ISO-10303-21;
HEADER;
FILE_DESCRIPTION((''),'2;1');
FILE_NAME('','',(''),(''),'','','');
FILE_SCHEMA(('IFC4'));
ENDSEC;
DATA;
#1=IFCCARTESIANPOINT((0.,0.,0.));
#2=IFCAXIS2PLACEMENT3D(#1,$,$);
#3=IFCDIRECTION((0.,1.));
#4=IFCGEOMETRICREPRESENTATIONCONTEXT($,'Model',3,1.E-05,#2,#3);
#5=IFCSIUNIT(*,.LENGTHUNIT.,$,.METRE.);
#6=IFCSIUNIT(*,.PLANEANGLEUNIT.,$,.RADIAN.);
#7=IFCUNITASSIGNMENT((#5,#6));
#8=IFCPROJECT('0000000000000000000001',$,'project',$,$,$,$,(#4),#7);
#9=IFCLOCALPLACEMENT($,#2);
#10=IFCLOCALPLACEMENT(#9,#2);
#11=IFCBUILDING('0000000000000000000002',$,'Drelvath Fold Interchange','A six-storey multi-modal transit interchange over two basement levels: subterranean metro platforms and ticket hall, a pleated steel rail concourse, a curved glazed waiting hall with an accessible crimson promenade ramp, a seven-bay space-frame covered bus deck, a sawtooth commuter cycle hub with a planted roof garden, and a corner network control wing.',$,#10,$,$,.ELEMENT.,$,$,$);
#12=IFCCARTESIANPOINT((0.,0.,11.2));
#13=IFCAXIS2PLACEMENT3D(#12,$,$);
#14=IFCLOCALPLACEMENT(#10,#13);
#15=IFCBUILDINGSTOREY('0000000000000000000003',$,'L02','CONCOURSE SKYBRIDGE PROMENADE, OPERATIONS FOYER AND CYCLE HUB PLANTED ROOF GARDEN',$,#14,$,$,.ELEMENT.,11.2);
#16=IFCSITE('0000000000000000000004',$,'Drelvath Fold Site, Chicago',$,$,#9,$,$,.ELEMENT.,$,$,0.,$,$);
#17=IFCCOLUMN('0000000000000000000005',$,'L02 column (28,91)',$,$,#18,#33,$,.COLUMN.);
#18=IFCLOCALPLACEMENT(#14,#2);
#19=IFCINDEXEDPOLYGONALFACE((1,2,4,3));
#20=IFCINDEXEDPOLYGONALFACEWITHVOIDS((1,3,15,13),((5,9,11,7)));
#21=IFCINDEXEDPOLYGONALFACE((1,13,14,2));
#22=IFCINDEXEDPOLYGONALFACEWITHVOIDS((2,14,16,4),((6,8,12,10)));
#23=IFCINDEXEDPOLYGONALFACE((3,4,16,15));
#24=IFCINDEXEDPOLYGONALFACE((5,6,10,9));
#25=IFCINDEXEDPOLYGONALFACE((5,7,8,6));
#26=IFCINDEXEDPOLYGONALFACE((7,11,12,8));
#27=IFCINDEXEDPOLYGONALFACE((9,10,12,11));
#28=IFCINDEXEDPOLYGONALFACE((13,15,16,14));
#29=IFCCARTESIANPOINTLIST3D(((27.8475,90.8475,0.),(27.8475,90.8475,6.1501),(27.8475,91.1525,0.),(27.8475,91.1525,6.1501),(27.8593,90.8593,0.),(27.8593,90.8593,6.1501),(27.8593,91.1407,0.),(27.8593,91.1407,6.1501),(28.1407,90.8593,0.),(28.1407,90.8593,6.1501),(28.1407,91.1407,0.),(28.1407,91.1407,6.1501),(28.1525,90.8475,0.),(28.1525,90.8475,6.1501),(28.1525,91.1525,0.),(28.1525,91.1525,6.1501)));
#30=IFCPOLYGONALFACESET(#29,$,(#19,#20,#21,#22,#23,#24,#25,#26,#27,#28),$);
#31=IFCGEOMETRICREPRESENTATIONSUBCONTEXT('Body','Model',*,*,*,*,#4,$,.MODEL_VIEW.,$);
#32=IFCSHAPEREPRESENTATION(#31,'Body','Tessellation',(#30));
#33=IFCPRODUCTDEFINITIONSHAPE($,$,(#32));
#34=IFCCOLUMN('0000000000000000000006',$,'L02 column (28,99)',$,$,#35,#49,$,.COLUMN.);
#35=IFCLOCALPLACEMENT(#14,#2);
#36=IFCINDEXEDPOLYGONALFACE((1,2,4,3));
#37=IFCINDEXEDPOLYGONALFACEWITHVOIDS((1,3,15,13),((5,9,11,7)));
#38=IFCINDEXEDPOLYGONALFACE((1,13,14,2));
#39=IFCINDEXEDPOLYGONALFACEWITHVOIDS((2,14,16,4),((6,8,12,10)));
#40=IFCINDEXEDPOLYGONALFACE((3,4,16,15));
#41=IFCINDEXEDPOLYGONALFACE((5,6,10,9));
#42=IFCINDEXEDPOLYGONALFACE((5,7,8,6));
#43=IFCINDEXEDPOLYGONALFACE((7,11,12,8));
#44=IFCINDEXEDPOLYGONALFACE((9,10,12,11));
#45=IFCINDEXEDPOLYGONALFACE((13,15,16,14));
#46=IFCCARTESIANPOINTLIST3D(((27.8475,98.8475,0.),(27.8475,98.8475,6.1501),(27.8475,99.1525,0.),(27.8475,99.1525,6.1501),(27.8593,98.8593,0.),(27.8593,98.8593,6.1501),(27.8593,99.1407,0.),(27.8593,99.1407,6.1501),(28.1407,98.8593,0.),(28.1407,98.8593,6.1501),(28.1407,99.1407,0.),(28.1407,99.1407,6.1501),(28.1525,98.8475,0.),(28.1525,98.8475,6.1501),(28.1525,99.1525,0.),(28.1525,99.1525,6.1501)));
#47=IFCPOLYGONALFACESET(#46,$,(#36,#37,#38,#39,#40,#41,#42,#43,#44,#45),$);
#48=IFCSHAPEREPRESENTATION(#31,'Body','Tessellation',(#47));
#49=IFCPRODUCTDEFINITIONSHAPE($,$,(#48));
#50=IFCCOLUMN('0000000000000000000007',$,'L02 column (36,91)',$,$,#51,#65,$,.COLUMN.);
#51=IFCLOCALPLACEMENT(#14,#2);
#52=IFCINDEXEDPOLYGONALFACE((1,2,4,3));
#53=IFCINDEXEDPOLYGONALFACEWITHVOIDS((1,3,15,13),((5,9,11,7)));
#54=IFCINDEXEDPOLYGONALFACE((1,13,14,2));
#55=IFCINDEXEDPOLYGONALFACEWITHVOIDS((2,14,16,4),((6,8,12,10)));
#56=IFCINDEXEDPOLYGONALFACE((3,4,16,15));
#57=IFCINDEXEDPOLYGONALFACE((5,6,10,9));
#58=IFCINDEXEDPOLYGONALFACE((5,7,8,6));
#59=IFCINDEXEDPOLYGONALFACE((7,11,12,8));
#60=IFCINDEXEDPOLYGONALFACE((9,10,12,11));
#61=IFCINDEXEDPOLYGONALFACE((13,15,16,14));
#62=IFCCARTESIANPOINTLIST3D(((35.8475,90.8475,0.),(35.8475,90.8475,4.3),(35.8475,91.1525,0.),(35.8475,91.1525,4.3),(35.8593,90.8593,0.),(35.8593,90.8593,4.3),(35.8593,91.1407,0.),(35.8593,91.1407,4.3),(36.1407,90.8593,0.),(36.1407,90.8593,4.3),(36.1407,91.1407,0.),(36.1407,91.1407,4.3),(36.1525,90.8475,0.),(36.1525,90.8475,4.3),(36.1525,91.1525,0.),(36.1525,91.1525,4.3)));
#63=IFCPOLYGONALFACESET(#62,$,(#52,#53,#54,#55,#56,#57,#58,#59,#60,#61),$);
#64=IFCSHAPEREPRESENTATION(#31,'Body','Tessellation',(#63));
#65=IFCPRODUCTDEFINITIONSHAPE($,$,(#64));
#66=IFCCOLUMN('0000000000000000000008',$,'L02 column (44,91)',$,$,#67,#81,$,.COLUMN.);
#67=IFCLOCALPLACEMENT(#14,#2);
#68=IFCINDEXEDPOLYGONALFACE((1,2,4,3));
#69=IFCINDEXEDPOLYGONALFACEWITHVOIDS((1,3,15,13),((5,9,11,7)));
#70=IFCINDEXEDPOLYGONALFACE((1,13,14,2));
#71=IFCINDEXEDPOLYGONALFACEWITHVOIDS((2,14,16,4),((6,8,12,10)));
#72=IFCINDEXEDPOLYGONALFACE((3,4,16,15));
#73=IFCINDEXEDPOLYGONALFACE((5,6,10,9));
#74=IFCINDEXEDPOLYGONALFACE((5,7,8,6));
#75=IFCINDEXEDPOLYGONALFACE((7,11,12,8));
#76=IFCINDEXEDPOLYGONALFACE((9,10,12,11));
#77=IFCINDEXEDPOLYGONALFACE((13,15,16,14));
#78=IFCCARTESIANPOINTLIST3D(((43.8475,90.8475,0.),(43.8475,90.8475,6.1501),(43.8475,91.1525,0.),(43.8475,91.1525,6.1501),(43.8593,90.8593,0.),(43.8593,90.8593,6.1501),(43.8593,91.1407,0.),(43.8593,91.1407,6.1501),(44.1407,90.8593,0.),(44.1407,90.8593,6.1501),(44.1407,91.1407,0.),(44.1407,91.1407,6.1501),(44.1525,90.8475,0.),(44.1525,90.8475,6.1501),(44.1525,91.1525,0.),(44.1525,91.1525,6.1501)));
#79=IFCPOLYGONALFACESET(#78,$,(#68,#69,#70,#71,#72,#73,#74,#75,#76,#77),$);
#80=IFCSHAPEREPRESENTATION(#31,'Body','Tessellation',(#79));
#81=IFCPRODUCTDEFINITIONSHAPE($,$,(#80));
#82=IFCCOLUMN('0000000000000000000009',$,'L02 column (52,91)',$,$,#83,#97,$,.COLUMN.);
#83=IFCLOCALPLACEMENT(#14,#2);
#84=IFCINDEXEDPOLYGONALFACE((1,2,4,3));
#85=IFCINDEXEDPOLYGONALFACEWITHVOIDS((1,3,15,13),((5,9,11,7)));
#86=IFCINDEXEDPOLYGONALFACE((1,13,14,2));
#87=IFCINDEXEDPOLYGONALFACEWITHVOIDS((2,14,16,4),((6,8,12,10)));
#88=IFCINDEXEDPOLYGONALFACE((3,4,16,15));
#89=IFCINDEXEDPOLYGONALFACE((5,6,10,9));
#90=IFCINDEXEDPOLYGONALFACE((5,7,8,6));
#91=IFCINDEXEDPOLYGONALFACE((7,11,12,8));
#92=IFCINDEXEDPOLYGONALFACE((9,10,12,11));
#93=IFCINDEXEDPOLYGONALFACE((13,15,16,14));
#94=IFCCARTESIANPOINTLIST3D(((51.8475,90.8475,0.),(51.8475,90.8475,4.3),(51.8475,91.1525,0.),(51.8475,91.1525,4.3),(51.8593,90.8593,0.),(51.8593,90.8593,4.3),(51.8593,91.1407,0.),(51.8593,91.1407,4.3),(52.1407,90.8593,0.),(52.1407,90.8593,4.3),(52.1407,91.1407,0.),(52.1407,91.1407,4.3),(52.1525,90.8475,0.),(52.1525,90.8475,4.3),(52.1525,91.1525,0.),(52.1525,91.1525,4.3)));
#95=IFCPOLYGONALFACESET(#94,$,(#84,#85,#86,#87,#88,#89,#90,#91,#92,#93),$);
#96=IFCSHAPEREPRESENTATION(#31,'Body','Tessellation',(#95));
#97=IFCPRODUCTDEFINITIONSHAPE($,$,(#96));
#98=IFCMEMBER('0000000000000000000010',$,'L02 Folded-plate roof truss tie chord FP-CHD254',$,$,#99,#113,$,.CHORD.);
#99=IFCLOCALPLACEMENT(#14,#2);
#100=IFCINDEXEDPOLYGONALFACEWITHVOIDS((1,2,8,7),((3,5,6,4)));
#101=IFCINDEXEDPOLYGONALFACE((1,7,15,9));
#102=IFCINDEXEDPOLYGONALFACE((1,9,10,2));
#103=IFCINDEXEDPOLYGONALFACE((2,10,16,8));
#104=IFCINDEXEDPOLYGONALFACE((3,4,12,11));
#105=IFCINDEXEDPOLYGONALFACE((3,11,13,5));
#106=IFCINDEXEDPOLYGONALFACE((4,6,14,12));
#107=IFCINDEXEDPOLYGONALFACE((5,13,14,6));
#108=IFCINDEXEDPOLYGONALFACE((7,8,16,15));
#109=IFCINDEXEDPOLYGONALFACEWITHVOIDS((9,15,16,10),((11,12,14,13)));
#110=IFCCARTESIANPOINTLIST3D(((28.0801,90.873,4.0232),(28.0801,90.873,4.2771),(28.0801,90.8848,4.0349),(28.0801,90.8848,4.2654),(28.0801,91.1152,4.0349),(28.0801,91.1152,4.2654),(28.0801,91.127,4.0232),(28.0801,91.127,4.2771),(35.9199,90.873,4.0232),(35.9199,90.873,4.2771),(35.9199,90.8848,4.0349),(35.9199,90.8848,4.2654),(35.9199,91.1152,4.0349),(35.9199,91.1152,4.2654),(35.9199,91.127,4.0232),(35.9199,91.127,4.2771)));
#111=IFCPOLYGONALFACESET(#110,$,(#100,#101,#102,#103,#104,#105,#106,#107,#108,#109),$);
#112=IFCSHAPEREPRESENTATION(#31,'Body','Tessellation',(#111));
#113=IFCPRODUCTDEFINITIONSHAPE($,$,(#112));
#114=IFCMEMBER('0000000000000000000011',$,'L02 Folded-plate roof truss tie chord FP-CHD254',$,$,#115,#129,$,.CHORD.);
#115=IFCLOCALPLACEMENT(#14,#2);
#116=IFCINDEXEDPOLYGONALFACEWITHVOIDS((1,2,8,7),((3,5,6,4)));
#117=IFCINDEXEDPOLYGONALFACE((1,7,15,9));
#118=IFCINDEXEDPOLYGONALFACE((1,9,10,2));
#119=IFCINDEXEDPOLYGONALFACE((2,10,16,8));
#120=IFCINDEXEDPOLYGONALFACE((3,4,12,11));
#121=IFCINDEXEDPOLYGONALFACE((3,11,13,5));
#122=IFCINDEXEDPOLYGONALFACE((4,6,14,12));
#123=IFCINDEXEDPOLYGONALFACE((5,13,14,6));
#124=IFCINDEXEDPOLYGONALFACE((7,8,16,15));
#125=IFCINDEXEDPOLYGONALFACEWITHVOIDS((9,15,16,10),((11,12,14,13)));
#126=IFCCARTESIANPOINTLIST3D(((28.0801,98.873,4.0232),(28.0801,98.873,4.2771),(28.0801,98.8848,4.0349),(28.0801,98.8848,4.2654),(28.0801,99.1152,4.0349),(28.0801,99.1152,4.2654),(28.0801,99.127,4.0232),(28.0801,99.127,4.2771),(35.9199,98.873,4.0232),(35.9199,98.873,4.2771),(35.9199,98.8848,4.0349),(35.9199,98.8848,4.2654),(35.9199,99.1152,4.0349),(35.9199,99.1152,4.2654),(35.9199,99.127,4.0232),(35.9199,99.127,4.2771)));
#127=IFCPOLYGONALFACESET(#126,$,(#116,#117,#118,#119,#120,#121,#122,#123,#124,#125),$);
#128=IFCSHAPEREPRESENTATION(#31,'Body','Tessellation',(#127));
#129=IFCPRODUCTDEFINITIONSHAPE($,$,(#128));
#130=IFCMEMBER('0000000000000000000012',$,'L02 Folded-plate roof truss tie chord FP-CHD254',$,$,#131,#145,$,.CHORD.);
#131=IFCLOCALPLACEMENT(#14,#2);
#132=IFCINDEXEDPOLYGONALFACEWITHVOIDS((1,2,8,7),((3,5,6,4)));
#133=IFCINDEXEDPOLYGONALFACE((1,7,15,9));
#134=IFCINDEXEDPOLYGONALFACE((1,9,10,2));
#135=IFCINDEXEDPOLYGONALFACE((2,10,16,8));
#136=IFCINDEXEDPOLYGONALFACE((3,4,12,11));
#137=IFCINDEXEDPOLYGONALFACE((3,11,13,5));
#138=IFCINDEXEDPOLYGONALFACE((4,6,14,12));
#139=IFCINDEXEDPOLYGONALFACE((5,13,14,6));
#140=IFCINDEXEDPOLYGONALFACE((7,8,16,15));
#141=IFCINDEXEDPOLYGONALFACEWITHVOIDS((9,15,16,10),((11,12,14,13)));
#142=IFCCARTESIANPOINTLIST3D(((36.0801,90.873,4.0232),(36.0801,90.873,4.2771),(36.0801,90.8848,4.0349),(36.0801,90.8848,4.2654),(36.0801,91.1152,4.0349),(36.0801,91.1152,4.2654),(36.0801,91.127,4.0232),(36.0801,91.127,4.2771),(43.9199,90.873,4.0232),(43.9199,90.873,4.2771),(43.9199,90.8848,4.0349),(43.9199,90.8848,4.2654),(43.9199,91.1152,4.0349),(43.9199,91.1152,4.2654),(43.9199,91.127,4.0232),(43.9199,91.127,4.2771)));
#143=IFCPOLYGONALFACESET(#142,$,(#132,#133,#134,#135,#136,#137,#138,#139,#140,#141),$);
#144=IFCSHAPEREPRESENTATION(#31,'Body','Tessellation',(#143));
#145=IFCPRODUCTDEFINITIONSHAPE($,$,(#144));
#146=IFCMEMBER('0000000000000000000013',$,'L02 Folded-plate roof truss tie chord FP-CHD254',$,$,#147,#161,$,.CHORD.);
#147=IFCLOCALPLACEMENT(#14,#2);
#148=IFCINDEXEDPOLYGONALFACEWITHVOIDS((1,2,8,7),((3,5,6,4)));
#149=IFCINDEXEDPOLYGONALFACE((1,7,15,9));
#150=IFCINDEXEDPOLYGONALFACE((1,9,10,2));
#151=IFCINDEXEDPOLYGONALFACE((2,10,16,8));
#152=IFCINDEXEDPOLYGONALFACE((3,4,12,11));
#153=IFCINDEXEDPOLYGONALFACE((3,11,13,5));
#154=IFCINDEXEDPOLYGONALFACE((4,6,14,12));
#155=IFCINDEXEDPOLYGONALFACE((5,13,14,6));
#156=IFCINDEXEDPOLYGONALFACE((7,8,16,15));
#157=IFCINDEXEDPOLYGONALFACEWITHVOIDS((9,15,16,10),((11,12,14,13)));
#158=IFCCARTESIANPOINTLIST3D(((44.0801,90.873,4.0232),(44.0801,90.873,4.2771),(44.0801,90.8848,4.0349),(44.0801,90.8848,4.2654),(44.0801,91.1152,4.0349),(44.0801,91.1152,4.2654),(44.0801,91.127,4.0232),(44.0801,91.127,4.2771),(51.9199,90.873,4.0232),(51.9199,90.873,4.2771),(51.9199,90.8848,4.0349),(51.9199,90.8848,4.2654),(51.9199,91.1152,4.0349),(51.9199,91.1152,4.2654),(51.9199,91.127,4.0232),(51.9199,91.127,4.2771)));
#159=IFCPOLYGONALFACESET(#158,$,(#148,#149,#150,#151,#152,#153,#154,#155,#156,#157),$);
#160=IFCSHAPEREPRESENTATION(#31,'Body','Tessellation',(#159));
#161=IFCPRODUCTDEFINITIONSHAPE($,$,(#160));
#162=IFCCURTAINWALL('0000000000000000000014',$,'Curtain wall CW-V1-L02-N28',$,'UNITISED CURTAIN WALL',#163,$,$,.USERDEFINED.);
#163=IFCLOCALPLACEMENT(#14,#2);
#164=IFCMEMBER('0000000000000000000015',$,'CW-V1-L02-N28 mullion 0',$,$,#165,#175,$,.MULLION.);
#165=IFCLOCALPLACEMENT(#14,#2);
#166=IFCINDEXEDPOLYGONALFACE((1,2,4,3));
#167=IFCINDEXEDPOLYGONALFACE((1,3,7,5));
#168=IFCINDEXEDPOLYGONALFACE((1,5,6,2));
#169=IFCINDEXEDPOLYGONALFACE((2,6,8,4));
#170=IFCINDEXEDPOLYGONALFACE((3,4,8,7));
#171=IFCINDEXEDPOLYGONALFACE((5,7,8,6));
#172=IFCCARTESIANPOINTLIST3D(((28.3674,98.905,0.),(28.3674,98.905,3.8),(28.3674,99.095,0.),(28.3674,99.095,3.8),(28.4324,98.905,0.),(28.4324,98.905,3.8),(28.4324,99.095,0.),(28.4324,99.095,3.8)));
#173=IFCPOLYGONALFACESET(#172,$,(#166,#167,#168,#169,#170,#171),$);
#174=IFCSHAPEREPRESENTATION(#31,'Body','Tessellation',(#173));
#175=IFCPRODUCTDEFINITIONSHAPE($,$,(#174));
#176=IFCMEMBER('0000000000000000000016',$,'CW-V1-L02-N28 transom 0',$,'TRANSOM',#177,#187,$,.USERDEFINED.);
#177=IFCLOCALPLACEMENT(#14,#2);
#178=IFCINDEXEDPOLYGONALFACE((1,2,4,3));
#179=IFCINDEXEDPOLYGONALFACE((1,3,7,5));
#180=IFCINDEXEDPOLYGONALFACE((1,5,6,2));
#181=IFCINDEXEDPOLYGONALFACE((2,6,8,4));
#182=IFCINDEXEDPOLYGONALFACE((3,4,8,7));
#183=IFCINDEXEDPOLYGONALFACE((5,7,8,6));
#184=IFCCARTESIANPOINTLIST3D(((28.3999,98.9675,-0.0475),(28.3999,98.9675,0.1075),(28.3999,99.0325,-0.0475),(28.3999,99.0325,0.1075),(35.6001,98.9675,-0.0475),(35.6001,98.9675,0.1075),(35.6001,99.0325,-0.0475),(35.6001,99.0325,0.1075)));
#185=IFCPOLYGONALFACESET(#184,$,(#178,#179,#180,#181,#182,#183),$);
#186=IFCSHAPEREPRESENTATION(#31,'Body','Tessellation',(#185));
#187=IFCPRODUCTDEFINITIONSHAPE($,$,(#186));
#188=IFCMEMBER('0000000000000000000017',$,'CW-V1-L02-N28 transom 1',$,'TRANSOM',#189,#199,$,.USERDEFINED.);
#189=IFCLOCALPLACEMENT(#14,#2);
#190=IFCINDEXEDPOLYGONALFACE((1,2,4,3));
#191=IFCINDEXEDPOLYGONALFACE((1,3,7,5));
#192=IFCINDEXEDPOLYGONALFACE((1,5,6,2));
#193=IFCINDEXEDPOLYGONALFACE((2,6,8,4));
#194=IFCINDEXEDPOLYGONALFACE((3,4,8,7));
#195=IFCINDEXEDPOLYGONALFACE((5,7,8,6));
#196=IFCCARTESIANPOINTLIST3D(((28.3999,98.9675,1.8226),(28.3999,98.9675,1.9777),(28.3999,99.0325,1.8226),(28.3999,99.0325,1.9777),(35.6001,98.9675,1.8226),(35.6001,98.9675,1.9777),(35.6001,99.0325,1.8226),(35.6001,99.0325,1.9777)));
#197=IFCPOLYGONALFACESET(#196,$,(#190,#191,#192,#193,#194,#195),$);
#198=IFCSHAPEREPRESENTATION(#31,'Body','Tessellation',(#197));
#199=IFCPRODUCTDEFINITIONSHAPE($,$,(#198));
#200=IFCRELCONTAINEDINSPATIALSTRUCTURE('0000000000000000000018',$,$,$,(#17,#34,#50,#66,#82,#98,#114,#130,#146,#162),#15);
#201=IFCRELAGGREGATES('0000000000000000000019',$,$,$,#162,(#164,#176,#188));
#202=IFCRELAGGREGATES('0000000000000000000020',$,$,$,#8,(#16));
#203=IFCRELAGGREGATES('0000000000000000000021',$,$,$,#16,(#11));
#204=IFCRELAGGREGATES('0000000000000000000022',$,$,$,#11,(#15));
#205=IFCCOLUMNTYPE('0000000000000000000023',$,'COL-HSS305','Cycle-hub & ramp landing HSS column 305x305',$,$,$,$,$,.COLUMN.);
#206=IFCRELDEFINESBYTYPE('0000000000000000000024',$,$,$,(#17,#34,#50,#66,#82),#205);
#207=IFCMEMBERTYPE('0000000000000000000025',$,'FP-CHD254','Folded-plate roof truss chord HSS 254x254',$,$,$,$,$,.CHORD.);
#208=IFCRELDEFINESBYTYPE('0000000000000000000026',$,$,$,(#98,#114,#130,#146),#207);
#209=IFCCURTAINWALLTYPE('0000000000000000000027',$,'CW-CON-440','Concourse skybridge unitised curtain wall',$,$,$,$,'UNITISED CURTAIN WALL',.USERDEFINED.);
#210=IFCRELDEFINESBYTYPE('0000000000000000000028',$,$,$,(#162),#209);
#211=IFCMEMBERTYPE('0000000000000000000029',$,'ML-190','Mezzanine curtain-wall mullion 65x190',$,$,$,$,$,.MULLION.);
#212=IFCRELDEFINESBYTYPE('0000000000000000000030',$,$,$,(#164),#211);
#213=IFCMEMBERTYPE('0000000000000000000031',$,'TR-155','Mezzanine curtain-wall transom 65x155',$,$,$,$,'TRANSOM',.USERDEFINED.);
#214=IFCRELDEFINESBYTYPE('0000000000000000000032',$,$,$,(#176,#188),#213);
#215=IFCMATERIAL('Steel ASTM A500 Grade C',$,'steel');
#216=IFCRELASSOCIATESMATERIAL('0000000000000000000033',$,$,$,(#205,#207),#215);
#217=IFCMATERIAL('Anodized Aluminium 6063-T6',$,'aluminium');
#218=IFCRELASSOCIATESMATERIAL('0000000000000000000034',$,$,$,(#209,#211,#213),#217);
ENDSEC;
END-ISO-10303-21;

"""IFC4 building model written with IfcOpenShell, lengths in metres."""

from ifc_helpers import new_model, si_unit, direction, frame, origin, origin_2d, place, context, subcontext, project, spatial, rectangle, hollow_rectangle, extrude, material, material_profile, profile_set, type_object, element, aggregate, save


model = new_model("IFC4")

# Units and contexts
model_context = context("Model", 3, precision=1e-05, world=origin(), true_north=direction((0.0, 1.0)))
body_context = subcontext(model_context, "Body", "Model", "MODEL_VIEW")
ifc_project = project(units=[si_unit("LENGTHUNIT", "METRE"), si_unit("PLANEANGLEUNIT", "RADIAN")], contexts=[model_context])

# Site, building, storey
site_placement = place(None, origin())
site = spatial("IfcSite", under=ifc_project, at=site_placement, Name="Drelvath Fold Site, Chicago", CompositionType="ELEMENT", RefElevation=0.0)
building_placement = place(site_placement, origin())
building = spatial("IfcBuilding", under=site, at=building_placement, Name="Drelvath Fold Interchange", Description="A six-storey multi-modal transit interchange over two basement levels: subterranean metro platforms and ticket hall, a pleated steel rail concourse, a curved glazed waiting hall with an accessible crimson promenade ramp, a seven-bay space-frame covered bus deck, a sawtooth commuter cycle hub with a planted roof garden, and a corner network control wing.", CompositionType="ELEMENT")
storey_placement = place(building_placement, frame((0.0, 0.0, 11.2)))
storey = spatial("IfcBuildingStorey", under=building, at=storey_placement, Name="L02", Description="CONCOURSE SKYBRIDGE PROMENADE, OPERATIONS FOYER AND CYCLE HUB PLANTED ROOF GARDEN", CompositionType="ELEMENT", Elevation=11.2)

# Columns
ifc_material_1 = material(Name="Steel ASTM A500 Grade C", Category="steel")
ifc_material_profile_1 = material_profile(ifc_material_1, hollow_rectangle(XDim=0.3049, YDim=0.3049, WallThickness=0.0117, at=origin_2d()), Name="HSS12X12X1/2")
ifc_profile_set_1 = profile_set([ifc_material_profile_1], Name="Steel ASTM A500 Grade C")
column_type = type_object("IfcColumnType", Name="COL-HSS305", Description="Cycle-hub & ramp landing HSS column 305x305", PredefinedType="COLUMN", material=ifc_profile_set_1)
for number, where, z_axis, x_axis, name in (
    (1, (28.0, 91.0, 0.0), (0.0, 0.0, 1.0), (1.0, 0.0, 0.0), "L02 column (28,91)"),
    (2, (28.0, 99.0, 0.0), (0.0, 0.0, 1.0), (1.0, 0.0, 0.0), "L02 column (28,99)"),
):
    element("IfcColumn", number, at=place(storey_placement, frame(where, z_axis=z_axis, x_axis=x_axis)), inside=storey, type_object=column_type, Name=name, PredefinedType="COLUMN", context=body_context, shape_type="SweptSolid", body=[
        extrude(hollow_rectangle(XDim=0.3049, YDim=0.3049, WallThickness=0.0117, at=origin_2d()), origin(), (0.0, 0.0, 1.0), 6.1501),
    ])
column_1_placement = place(storey_placement, frame((36.0, 91.0, 0.0), z_axis=(0.0, 0.0, 1.0), x_axis=(1.0, 0.0, 0.0)))
element("IfcColumn", 3, at=column_1_placement, inside=storey, type_object=column_type, Name="L02 column (36,91)", PredefinedType="COLUMN", context=body_context, shape_type="SweptSolid", body=[
    extrude(hollow_rectangle(XDim=0.3049, YDim=0.3049, WallThickness=0.0117, at=origin_2d()), origin(), (0.0, 0.0, 1.0), 4.3),
])
column_2_placement = place(storey_placement, frame((44.0, 91.0, 0.0), z_axis=(0.0, 0.0, 1.0), x_axis=(1.0, 0.0, 0.0)))
element("IfcColumn", 4, at=column_2_placement, inside=storey, type_object=column_type, Name="L02 column (44,91)", PredefinedType="COLUMN", context=body_context, shape_type="SweptSolid", body=[
    extrude(hollow_rectangle(XDim=0.3049, YDim=0.3049, WallThickness=0.0117, at=origin_2d()), origin(), (0.0, 0.0, 1.0), 6.1501),
])
column_3_placement = place(storey_placement, frame((52.0, 91.0, 0.0), z_axis=(0.0, 0.0, 1.0), x_axis=(1.0, 0.0, 0.0)))
element("IfcColumn", 5, at=column_3_placement, inside=storey, type_object=column_type, Name="L02 column (52,91)", PredefinedType="COLUMN", context=body_context, shape_type="SweptSolid", body=[
    extrude(hollow_rectangle(XDim=0.3049, YDim=0.3049, WallThickness=0.0117, at=origin_2d()), origin(), (0.0, 0.0, 1.0), 4.3),
])

# Members
ifc_material_profile_2 = material_profile(ifc_material_1, hollow_rectangle(XDim=0.2539, YDim=0.2539, WallThickness=0.0117, at=origin_2d()), Name="HSS10X10X1/2")
ifc_profile_set_2 = profile_set([ifc_material_profile_2], Name="Steel ASTM A500 Grade C")
member_type_1 = type_object("IfcMemberType", Name="FP-CHD254", Description="Folded-plate roof truss chord HSS 254x254", PredefinedType="CHORD", material=ifc_profile_set_2)
for number, where, z_axis, x_axis, name in (
    (6, (28.0801, 91.0, 4.1501), (1.0, 0.0, 0.0), (0.0, 1.0, 0.0), "L02 Folded-plate roof truss tie chord FP-CHD254"),
    (7, (28.0801, 99.0, 4.1501), (1.0, 0.0, 0.0), (0.0, 1.0, 0.0), "L02 Folded-plate roof truss tie chord FP-CHD254"),
    (8, (36.0801, 91.0, 4.1501), (1.0, 0.0, 0.0), (0.0, 1.0, 0.0), "L02 Folded-plate roof truss tie chord FP-CHD254"),
    (9, (44.0801, 91.0, 4.1501), (1.0, 0.0, 0.0), (0.0, 1.0, 0.0), "L02 Folded-plate roof truss tie chord FP-CHD254"),
):
    element("IfcMember", number, at=place(storey_placement, frame(where, z_axis=z_axis, x_axis=x_axis)), inside=storey, type_object=member_type_1, Name=name, PredefinedType="CHORD", context=body_context, shape_type="SweptSolid", body=[
        extrude(hollow_rectangle(XDim=0.2539, YDim=0.2539, WallThickness=0.0117, at=origin_2d()), origin(), (0.0, 0.0, 1.0), 7.8398),
    ])

# Curtain wall, members
ifc_material_2 = material(Name="Anodized Aluminium 6063-T6", Category="aluminium")
curtain_wall_type = type_object("IfcCurtainWallType", Name="CW-CON-440", Description="Concourse skybridge unitised curtain wall", ElementType="UNITISED CURTAIN WALL", PredefinedType="USERDEFINED", material=ifc_material_2)
curtain_wall_placement = place(storey_placement, origin())
curtain_wall = element("IfcCurtainWall", 10, at=curtain_wall_placement, inside=storey, type_object=curtain_wall_type, Name="Curtain wall CW-V1-L02-N28", ObjectType="UNITISED CURTAIN WALL", PredefinedType="USERDEFINED")
ifc_material_profile_3 = material_profile(ifc_material_2, rectangle(XDim=0.0649, YDim=0.1899, at=origin_2d()), Name="AL-M 65x190")
ifc_profile_set_3 = profile_set([ifc_material_profile_3], Name="Anodized Aluminium 6063-T6")
member_type_2 = type_object("IfcMemberType", Name="ML-190", Description="Mezzanine curtain-wall mullion 65x190", PredefinedType="MULLION", material=ifc_profile_set_3)
member_1_placement = place(storey_placement, frame((28.3999, 99.0, 0.0), z_axis=(0.0, 0.0, 1.0), x_axis=(1.0, 0.0, 0.0)))
member_1 = element("IfcMember", 11, at=member_1_placement, type_object=member_type_2, Name="CW-V1-L02-N28 mullion 0", PredefinedType="MULLION", context=body_context, shape_type="SweptSolid", body=[
    extrude(rectangle(XDim=0.0649, YDim=0.1899, at=origin_2d()), origin(), (0.0, 0.0, 1.0), 3.8),
])
ifc_material_profile_4 = material_profile(ifc_material_2, rectangle(XDim=0.0649, YDim=0.155, at=origin_2d()), Name="AL-T 65x155")
ifc_profile_set_4 = profile_set([ifc_material_profile_4], Name="Anodized Aluminium 6063-T6")
member_type_3 = type_object("IfcMemberType", Name="TR-155", Description="Mezzanine curtain-wall transom 65x155", ElementType="TRANSOM", PredefinedType="USERDEFINED", material=ifc_profile_set_4)
member_2_placement = place(storey_placement, frame((28.3999, 99.0, 0.03), z_axis=(1.0, 0.0, 0.0), x_axis=(0.0, 1.0, 0.0)))
member_2 = element("IfcMember", 12, at=member_2_placement, type_object=member_type_3, Name="CW-V1-L02-N28 transom 0", ObjectType="TRANSOM", PredefinedType="USERDEFINED", context=body_context, shape_type="SweptSolid", body=[
    extrude(rectangle(XDim=0.0649, YDim=0.155, at=origin_2d()), origin(), (0.0, 0.0, 1.0), 7.2002),
])
member_3_placement = place(storey_placement, frame((28.3999, 99.0, 1.9001), z_axis=(1.0, 0.0, 0.0), x_axis=(0.0, 1.0, 0.0)))
member_3 = element("IfcMember", 13, at=member_3_placement, type_object=member_type_3, Name="CW-V1-L02-N28 transom 1", ObjectType="TRANSOM", PredefinedType="USERDEFINED", context=body_context, shape_type="SweptSolid", body=[
    extrude(rectangle(XDim=0.0649, YDim=0.155, at=origin_2d()), origin(), (0.0, 0.0, 1.0), 7.2002),
])
aggregate(curtain_wall, [member_1, member_2, member_3])

save(model, "model.ifc")
